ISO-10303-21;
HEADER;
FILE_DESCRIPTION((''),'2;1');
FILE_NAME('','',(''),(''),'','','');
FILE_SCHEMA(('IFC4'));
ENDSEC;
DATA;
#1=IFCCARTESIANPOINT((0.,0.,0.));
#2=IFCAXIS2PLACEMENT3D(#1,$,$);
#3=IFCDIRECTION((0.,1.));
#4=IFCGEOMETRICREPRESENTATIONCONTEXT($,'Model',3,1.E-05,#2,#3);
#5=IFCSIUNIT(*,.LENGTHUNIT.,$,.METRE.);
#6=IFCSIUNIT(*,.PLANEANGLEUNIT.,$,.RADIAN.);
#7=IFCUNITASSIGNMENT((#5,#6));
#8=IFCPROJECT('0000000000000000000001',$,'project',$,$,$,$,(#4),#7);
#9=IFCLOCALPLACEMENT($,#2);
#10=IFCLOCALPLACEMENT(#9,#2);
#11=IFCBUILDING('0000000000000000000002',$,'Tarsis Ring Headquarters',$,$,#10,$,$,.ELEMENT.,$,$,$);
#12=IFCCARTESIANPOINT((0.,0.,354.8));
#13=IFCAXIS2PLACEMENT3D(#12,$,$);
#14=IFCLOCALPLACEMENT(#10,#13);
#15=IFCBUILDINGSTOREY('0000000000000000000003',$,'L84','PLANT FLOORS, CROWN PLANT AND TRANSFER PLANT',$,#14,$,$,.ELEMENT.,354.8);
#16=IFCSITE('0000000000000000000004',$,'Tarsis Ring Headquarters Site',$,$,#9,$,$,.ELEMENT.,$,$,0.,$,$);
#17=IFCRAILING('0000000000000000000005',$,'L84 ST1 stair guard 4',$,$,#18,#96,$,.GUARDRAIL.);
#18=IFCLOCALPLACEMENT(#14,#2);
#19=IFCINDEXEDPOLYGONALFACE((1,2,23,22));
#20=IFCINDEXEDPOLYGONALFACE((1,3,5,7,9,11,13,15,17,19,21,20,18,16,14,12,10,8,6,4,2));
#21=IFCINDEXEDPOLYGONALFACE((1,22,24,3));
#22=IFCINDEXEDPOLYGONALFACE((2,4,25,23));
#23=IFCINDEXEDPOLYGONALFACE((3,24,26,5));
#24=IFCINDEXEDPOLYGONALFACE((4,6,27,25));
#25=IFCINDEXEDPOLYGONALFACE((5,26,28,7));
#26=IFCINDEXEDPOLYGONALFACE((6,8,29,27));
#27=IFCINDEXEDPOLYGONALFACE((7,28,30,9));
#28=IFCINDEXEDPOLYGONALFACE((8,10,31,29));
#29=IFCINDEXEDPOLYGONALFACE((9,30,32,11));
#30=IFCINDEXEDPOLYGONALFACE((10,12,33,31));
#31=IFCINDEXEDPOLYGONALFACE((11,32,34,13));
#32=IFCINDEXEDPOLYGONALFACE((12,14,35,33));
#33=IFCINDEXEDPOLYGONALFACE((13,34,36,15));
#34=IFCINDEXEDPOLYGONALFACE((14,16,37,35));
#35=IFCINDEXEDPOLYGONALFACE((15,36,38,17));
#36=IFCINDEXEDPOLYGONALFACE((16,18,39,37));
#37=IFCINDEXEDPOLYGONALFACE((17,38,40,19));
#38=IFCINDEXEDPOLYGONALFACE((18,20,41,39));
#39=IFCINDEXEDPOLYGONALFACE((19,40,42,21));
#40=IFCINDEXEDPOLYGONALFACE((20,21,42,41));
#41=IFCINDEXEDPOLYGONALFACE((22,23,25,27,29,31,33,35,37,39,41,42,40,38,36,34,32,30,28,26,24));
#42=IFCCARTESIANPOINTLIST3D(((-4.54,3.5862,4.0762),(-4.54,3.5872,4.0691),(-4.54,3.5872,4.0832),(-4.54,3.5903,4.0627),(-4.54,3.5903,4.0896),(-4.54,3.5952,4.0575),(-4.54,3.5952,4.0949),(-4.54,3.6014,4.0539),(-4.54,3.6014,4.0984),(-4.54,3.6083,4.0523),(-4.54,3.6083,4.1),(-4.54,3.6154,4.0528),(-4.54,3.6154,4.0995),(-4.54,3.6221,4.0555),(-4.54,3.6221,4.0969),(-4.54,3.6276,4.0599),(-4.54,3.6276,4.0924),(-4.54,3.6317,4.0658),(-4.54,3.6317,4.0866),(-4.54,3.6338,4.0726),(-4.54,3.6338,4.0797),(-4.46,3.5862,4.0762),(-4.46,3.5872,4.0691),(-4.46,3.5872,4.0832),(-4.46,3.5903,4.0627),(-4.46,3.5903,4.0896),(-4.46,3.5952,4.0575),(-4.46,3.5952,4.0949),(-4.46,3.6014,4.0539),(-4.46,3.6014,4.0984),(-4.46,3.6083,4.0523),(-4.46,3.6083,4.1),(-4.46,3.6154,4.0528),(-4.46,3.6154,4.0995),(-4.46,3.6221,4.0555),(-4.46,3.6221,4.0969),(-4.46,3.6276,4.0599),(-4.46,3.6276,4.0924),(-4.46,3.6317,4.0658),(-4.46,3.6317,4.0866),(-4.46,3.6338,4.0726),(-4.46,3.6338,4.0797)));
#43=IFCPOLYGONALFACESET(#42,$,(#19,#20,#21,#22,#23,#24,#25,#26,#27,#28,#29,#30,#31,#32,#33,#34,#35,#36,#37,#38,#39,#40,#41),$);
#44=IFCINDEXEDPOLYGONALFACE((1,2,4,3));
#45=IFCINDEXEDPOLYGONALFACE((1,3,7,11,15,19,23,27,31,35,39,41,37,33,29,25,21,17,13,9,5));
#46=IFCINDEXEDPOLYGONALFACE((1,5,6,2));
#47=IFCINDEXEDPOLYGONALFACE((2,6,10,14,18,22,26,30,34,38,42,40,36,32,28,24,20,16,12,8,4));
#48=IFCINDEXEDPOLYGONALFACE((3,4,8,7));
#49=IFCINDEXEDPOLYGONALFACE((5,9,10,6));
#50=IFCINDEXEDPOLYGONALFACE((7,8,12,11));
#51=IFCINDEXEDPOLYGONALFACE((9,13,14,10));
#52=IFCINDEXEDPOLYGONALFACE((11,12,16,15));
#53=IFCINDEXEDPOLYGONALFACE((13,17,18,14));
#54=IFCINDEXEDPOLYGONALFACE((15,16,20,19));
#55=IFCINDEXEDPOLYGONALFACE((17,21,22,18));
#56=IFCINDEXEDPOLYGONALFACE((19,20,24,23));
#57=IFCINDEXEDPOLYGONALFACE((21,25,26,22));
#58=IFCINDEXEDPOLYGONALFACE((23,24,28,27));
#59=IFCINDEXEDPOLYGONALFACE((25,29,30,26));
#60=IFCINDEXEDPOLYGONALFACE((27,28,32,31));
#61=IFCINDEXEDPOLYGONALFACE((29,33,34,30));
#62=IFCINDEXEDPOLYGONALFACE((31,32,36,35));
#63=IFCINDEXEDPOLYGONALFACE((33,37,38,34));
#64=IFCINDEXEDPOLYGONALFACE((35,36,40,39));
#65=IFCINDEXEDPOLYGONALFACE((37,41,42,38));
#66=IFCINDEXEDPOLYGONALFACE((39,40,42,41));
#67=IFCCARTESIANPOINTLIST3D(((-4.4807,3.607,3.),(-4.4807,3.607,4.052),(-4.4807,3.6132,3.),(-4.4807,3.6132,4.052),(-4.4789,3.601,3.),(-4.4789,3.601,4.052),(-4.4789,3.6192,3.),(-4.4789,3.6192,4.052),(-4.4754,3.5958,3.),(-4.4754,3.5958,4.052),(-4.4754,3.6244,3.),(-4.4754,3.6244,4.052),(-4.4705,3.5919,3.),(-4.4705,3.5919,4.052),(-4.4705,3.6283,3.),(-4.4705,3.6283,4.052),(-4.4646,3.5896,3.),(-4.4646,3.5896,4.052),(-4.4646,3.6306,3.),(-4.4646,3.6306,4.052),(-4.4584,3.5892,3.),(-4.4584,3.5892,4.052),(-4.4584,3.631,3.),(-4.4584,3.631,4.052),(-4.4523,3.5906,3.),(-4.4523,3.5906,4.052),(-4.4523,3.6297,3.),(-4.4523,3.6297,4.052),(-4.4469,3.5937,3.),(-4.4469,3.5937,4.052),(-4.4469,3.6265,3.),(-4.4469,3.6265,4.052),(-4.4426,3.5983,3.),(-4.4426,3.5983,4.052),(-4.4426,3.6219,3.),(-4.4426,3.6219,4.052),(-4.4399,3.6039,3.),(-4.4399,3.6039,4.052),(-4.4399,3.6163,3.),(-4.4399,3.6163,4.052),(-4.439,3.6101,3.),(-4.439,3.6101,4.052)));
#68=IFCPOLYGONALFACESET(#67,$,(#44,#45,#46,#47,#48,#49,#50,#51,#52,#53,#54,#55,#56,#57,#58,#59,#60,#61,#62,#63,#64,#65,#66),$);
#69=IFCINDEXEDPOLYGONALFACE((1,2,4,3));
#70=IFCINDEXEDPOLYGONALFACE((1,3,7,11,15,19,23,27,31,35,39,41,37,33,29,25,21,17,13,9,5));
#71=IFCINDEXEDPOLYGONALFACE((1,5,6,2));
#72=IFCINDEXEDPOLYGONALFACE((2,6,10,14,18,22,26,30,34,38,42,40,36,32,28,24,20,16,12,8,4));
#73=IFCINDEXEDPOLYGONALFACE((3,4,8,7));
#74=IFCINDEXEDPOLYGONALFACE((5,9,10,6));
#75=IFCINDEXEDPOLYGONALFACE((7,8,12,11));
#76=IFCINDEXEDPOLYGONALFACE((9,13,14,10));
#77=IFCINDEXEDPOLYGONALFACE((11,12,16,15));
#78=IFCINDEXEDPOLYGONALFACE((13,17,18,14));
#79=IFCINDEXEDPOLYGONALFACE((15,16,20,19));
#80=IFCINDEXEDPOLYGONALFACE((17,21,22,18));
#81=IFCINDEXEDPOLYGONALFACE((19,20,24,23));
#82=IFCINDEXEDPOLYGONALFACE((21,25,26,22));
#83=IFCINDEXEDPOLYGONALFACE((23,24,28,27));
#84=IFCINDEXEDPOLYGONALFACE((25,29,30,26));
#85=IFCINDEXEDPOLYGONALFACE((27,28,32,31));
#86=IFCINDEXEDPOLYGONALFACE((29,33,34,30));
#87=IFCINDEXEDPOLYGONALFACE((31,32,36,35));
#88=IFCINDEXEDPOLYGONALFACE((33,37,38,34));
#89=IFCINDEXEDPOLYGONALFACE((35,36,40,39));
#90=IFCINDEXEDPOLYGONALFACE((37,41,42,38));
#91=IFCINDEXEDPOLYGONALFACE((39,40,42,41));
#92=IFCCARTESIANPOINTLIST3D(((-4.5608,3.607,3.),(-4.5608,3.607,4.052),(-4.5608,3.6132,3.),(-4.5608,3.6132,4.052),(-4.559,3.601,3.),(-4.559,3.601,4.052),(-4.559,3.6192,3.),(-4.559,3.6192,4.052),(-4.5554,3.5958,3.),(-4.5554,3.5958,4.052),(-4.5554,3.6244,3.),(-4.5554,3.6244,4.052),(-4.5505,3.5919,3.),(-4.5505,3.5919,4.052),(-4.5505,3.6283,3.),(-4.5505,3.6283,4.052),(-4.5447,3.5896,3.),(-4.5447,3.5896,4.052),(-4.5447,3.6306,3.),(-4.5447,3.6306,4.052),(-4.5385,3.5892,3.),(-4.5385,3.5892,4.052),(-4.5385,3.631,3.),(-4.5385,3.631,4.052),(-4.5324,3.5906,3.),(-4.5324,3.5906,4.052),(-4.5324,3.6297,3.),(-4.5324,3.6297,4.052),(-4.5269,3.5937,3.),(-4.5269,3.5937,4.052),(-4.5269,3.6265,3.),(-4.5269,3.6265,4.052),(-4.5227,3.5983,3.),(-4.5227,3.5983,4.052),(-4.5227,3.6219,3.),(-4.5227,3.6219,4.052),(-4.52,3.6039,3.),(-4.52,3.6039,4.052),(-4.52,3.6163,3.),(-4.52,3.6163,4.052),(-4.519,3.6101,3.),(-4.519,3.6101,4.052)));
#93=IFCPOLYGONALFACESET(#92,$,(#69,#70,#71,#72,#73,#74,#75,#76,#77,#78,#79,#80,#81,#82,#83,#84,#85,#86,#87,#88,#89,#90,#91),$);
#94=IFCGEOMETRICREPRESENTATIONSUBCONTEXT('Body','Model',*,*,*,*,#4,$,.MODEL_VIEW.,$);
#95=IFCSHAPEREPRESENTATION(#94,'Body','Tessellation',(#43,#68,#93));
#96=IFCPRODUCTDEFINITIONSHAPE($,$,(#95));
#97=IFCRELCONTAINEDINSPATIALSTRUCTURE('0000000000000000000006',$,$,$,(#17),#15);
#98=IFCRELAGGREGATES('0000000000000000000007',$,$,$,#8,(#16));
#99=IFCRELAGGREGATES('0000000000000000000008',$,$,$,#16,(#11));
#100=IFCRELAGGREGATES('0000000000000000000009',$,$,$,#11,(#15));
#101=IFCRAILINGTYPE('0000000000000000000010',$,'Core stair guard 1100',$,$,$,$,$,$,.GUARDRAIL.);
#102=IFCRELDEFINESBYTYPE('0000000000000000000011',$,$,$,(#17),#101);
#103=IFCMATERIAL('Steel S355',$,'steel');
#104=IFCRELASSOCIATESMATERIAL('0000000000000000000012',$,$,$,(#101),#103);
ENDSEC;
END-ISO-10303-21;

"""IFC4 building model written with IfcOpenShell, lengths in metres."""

from ifc_helpers import new_model, si_unit, direction, frame, origin, origin_2d, place, context, subcontext, project, spatial, circle, extrude, material, type_object, element, save


model = new_model("IFC4")

# Units and contexts
model_context = context("Model", 3, precision=1e-05, world=origin(), true_north=direction((0.0, 1.0)))
body_context = subcontext(model_context, "Body", "Model", "MODEL_VIEW")
ifc_project = project(units=[si_unit("LENGTHUNIT", "METRE"), si_unit("PLANEANGLEUNIT", "RADIAN")], contexts=[model_context])

# Site, building, storey
site_placement = place(None, origin())
site = spatial("IfcSite", under=ifc_project, at=site_placement, Name="Tarsis Ring Headquarters Site", CompositionType="ELEMENT", RefElevation=0.0)
building_placement = place(site_placement, origin())
building = spatial("IfcBuilding", under=site, at=building_placement, Name="Tarsis Ring Headquarters", CompositionType="ELEMENT")
storey_placement = place(building_placement, frame((0.0, 0.0, 354.8)))
storey = spatial("IfcBuildingStorey", under=building, at=storey_placement, Name="L84", Description="PLANT FLOORS, CROWN PLANT AND TRANSFER PLANT", CompositionType="ELEMENT", Elevation=354.8)

# Shared definitions
ifc_material_1 = material(Name="Steel S355", Category="steel")

# Railing
railing_type_1 = type_object("IfcRailingType", Name="Core stair guard 1100", PredefinedType="GUARDRAIL", material=ifc_material_1)
railing_1_placement = place(storey_placement, frame((-4.46, 3.6101, 3.0)))
element("IfcRailing", 1, at=railing_1_placement, inside=storey, type_object=railing_type_1, Name="L84 ST1 stair guard 4", PredefinedType="GUARDRAIL", context=body_context, shape_type="SweptSolid", body=[
    extrude(circle(Radius=0.0239, at=origin_2d()), frame((0.0, 0.0, 1.0762), z_axis=(-1.0, 0.0, 0.0), x_axis=(0.0, -1.0, 0.0)), (0.0, 0.0, 1.0), 0.0801),
    extrude(circle(Radius=0.021, at=origin_2d()), origin(), (0.0, 0.0, 1.0), 1.052),
    extrude(circle(Radius=0.021, at=origin_2d()), frame((-0.0801, 0.0, 0.0)), (0.0, 0.0, 1.0), 1.052),
])

save(model, "model.ifc")
